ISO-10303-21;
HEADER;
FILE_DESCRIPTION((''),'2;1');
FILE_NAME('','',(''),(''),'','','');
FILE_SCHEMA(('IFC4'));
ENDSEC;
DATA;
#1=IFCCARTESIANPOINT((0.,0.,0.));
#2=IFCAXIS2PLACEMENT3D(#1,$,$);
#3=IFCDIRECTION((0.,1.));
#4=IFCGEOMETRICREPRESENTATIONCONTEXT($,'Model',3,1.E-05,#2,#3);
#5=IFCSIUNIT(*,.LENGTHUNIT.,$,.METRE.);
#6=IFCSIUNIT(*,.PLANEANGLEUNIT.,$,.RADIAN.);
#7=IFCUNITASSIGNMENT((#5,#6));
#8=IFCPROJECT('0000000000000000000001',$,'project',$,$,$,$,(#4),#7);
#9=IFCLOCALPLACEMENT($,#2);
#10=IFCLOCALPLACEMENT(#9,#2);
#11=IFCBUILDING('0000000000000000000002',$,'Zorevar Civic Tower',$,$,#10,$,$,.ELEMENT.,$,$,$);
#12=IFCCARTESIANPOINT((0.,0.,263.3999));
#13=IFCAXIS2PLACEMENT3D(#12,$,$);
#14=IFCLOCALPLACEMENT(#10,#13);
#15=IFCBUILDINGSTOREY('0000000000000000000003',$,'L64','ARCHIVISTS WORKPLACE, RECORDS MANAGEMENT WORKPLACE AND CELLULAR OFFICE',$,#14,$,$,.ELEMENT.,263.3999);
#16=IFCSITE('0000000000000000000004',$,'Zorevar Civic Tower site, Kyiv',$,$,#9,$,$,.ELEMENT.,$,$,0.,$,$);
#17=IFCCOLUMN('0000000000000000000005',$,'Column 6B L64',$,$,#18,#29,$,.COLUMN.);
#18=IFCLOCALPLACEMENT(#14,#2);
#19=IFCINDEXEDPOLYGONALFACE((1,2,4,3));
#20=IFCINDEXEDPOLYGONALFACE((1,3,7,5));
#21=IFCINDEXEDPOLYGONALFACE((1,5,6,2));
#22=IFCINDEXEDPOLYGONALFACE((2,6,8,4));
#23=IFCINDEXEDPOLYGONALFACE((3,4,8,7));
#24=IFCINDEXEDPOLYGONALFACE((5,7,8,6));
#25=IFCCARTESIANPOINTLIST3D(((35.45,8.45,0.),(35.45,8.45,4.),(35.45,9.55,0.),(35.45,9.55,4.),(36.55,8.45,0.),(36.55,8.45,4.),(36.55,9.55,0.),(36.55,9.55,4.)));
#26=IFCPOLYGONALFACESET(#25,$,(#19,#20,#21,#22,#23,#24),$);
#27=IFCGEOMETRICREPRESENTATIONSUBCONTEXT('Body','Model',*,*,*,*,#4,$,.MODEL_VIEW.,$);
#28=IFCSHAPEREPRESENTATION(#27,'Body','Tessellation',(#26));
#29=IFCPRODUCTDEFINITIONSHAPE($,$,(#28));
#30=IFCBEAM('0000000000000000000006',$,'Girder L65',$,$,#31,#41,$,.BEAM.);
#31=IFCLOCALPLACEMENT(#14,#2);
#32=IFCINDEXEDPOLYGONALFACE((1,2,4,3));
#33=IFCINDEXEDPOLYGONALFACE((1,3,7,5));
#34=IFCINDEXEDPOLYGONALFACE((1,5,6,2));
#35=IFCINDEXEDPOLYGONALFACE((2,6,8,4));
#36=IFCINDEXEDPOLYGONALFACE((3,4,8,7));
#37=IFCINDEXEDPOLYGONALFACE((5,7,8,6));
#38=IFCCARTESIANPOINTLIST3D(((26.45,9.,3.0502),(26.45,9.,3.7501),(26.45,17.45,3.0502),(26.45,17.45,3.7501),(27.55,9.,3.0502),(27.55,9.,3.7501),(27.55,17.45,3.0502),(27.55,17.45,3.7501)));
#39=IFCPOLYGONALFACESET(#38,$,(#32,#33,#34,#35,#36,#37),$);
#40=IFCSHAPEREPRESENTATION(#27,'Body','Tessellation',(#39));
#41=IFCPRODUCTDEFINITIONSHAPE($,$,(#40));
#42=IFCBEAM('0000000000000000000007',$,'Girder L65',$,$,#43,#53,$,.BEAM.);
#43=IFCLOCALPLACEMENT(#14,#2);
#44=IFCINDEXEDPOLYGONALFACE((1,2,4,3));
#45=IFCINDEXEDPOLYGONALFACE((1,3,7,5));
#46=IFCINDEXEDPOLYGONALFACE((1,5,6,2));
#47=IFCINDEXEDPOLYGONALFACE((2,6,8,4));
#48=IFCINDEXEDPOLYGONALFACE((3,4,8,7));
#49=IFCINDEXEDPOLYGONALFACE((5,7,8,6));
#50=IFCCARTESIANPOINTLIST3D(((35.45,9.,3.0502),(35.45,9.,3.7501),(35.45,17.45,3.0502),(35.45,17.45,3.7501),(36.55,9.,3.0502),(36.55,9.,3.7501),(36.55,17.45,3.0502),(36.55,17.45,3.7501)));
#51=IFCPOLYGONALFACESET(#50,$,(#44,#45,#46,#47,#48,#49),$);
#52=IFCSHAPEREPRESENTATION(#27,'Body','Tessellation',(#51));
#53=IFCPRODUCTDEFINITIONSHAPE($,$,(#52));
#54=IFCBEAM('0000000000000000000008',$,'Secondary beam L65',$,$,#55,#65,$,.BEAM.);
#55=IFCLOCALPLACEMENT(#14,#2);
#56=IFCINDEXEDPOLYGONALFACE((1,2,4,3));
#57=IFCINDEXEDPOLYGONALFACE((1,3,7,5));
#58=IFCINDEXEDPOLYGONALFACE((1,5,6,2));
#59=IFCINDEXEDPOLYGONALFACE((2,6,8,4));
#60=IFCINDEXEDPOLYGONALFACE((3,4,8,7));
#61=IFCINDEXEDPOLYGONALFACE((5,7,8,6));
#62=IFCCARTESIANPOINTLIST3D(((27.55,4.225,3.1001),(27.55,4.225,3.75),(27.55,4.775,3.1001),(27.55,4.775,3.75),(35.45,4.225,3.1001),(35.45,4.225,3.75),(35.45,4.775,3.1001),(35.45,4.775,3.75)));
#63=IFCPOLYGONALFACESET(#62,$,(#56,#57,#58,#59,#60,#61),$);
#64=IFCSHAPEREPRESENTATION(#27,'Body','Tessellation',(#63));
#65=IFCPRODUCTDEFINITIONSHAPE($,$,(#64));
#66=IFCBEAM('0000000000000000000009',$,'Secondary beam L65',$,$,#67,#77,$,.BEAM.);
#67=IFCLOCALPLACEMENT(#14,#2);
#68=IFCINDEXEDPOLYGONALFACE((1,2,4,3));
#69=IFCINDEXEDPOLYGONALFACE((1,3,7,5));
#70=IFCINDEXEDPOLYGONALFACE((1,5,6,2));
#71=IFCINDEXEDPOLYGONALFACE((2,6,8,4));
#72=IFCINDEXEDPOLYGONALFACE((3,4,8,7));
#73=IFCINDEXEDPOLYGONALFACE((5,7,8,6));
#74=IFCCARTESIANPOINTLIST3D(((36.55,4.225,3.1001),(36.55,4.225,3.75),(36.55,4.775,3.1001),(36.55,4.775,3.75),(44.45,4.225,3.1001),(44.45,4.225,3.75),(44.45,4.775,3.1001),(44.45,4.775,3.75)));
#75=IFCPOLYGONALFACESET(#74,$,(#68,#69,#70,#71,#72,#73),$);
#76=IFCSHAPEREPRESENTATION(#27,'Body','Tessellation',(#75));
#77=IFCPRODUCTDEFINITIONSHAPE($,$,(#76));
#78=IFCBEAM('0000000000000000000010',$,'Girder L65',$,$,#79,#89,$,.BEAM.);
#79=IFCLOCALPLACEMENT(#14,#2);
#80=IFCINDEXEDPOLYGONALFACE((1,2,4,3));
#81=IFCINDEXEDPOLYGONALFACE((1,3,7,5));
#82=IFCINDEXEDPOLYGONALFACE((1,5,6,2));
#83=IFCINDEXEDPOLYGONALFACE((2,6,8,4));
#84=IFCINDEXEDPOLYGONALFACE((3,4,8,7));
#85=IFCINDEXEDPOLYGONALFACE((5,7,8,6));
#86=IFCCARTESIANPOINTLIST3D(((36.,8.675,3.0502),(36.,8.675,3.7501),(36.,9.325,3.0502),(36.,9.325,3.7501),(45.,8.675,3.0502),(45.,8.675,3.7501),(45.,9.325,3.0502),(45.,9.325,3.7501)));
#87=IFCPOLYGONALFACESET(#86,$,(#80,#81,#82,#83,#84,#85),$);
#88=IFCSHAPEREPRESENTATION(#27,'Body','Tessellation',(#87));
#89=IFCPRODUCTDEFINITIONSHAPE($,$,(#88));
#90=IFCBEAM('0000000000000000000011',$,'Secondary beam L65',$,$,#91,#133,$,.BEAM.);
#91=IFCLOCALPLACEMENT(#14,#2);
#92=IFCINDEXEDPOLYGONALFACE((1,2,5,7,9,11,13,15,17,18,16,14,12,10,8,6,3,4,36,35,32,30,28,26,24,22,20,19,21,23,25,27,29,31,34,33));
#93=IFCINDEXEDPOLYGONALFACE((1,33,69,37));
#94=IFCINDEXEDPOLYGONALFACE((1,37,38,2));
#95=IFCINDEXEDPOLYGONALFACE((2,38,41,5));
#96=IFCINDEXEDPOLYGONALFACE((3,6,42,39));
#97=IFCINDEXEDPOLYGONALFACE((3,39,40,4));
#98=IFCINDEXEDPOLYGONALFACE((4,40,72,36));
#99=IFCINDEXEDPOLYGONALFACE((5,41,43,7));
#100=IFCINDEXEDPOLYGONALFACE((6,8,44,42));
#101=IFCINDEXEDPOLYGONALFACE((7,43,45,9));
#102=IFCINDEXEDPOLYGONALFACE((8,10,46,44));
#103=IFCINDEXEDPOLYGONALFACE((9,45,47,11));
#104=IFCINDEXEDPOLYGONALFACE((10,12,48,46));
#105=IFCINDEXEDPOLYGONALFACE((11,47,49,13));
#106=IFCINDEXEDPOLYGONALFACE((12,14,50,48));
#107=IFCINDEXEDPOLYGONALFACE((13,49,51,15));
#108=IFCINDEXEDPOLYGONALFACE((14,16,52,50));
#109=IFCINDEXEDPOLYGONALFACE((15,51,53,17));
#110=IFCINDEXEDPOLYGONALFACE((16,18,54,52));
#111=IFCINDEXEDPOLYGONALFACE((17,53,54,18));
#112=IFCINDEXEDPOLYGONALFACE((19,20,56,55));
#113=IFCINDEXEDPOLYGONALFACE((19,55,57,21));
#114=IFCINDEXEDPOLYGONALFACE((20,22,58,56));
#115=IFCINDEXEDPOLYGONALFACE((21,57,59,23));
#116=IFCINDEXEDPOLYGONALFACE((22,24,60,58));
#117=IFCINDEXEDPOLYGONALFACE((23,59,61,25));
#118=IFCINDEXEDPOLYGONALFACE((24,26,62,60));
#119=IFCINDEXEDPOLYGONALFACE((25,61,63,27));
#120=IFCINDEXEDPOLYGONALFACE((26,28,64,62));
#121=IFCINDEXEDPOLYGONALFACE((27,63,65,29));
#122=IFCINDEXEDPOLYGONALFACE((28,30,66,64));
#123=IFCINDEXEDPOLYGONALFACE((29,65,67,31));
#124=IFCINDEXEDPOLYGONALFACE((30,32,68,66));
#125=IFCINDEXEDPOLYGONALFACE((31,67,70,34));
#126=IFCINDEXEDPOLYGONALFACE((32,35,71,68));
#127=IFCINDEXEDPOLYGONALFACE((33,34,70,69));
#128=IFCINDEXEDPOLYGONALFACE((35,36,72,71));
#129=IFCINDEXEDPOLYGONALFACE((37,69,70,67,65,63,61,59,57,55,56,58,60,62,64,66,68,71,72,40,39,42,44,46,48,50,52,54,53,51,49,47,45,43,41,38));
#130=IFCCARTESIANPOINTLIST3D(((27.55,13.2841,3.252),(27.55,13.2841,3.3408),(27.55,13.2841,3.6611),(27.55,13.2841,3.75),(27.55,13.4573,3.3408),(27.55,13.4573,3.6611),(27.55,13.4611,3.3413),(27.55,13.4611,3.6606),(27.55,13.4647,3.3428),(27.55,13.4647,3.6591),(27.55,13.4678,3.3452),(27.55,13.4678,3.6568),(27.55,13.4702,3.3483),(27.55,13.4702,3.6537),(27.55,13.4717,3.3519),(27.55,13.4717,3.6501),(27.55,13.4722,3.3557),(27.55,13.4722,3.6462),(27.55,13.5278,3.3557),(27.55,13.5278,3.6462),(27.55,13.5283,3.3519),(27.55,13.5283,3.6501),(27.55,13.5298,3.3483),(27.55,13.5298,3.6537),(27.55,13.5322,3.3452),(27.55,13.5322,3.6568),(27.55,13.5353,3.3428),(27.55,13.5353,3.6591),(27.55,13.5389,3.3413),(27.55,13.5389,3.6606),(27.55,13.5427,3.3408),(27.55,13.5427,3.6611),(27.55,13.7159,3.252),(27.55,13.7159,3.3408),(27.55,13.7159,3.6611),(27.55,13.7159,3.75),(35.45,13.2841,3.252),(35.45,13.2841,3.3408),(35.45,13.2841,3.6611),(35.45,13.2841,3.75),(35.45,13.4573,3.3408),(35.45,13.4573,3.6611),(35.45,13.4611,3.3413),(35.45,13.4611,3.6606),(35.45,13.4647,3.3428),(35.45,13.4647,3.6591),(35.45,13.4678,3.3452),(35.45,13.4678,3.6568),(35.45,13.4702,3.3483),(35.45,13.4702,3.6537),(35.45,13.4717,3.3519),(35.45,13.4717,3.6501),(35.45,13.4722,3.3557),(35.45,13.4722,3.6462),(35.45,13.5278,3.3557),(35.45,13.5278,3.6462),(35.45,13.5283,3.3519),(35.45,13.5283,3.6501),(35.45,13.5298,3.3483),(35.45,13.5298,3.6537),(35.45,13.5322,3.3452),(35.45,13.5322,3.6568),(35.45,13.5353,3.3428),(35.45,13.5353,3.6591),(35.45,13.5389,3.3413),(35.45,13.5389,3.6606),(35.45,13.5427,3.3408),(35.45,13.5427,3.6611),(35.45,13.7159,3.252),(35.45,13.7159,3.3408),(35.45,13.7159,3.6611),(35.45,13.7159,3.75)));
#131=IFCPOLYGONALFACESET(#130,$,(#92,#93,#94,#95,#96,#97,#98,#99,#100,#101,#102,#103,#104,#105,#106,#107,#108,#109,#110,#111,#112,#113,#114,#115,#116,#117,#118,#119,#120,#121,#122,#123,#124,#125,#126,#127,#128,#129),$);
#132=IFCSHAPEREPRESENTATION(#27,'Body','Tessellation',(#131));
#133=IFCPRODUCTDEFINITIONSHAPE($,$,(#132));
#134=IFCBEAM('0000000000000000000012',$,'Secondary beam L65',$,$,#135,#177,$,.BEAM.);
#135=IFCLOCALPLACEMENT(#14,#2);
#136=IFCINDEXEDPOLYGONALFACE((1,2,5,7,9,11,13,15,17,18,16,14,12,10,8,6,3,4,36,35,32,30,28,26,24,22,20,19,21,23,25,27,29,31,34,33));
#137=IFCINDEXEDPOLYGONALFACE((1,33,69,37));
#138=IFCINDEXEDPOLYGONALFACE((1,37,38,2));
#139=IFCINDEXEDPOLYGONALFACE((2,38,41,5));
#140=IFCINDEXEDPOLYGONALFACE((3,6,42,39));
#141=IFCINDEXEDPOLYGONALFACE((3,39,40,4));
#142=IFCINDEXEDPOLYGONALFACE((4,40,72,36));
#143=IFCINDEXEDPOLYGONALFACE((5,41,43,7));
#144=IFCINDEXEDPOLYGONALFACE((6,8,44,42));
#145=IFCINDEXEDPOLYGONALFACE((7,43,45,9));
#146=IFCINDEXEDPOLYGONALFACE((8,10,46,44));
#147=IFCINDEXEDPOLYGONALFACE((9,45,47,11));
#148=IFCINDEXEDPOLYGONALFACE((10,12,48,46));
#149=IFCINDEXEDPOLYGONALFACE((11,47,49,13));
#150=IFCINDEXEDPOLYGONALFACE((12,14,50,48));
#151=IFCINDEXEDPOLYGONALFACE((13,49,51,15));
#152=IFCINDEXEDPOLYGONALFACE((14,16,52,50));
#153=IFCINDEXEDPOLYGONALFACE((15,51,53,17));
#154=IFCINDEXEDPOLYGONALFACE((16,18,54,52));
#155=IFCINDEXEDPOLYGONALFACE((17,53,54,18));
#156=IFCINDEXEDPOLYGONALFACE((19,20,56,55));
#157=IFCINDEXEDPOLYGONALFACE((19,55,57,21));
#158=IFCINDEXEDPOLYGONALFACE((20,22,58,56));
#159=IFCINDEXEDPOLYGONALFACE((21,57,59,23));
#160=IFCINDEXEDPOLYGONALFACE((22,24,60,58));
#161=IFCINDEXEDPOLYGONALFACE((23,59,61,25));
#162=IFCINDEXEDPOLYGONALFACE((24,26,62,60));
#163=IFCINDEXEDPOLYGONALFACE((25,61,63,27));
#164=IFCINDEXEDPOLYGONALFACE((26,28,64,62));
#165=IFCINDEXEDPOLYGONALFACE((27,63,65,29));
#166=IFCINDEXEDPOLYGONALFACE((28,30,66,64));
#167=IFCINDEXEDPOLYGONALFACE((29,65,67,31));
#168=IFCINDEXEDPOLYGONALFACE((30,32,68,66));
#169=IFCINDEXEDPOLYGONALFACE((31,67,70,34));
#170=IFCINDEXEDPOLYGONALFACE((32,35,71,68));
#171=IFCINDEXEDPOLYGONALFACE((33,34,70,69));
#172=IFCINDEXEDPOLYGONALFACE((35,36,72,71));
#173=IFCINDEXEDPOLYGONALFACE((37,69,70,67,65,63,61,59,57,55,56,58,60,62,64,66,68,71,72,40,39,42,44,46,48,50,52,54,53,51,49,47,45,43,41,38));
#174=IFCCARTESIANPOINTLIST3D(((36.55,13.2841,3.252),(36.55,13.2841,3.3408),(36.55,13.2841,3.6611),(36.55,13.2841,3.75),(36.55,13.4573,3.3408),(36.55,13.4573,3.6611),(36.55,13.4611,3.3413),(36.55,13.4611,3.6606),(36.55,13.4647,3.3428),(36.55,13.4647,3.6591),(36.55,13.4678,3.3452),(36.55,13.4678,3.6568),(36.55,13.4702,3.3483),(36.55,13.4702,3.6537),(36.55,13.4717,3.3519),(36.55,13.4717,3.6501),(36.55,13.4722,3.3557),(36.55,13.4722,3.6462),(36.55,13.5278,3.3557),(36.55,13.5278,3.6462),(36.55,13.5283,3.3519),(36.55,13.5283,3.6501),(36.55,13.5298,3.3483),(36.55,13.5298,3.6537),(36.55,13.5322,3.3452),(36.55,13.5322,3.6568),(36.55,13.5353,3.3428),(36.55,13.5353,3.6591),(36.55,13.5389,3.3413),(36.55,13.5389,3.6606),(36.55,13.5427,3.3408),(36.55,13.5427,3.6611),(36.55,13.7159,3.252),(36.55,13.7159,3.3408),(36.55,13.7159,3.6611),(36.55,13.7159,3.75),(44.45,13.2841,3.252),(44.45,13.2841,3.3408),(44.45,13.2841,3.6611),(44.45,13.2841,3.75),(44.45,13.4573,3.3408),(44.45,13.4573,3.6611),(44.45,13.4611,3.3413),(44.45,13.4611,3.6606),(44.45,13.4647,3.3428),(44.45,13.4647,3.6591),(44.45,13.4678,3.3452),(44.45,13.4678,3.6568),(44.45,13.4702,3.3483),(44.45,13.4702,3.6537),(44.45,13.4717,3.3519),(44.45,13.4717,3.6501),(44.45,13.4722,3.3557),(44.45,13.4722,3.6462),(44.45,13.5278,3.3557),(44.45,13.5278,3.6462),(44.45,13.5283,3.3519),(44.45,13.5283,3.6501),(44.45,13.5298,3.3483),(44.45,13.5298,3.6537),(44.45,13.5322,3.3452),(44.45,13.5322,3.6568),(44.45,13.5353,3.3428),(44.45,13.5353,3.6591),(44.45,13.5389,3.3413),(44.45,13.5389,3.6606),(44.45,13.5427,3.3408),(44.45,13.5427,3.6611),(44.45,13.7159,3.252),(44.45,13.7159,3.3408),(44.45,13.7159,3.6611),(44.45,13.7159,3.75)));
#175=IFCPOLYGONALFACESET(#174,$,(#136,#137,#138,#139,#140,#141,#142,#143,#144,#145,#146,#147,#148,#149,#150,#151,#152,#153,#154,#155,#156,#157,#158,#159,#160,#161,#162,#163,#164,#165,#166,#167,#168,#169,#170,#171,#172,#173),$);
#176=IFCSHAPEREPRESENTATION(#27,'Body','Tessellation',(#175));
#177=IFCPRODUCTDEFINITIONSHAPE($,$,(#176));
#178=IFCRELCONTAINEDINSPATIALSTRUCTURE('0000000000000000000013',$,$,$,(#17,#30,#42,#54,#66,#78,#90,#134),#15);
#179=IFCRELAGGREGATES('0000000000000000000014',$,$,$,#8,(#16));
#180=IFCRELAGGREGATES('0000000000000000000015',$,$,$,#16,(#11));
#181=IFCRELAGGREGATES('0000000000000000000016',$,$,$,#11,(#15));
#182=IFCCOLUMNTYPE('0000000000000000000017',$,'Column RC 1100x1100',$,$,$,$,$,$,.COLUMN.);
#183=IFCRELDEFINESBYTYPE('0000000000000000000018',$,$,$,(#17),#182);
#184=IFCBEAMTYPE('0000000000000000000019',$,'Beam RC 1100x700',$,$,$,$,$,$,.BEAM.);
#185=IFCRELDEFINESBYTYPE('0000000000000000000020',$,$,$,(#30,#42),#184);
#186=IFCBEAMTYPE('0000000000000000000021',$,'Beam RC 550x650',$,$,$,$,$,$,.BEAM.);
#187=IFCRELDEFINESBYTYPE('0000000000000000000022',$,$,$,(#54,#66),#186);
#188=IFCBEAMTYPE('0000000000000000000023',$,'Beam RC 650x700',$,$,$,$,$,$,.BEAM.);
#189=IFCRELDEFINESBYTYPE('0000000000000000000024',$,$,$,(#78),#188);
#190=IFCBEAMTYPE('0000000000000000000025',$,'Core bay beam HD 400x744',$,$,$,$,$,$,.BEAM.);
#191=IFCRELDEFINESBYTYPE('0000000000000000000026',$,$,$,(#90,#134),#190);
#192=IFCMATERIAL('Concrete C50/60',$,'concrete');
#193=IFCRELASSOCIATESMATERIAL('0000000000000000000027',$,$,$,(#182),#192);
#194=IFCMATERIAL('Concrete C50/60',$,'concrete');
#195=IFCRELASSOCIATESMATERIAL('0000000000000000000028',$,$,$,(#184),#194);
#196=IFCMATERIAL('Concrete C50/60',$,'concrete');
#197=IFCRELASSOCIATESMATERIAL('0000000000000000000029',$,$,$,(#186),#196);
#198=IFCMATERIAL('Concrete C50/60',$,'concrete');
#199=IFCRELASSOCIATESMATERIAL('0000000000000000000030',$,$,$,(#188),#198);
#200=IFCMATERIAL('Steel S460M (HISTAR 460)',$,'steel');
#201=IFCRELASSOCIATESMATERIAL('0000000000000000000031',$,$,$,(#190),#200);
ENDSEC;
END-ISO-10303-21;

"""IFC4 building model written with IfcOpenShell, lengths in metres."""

from ifc_helpers import new_model, si_unit, direction, frame, origin, origin_2d, place, context, subcontext, project, spatial, rectangle, i_section, extrude, material, material_profile, profile_set, type_object, element, save


model = new_model("IFC4")

# Units and contexts
model_context = context("Model", 3, precision=1e-05, world=origin(), true_north=direction((0.0, 1.0)))
body_context = subcontext(model_context, "Body", "Model", "MODEL_VIEW")
ifc_project = project(units=[si_unit("LENGTHUNIT", "METRE"), si_unit("PLANEANGLEUNIT", "RADIAN")], contexts=[model_context])

# Site, building, storey
site_placement = place(None, origin())
site = spatial("IfcSite", under=ifc_project, at=site_placement, Name="Zorevar Civic Tower site, Kyiv", CompositionType="ELEMENT", RefElevation=0.0)
building_placement = place(site_placement, origin())
building = spatial("IfcBuilding", under=site, at=building_placement, Name="Zorevar Civic Tower", CompositionType="ELEMENT")
storey_placement = place(building_placement, frame((0.0, 0.0, 263.3999)))
storey = spatial("IfcBuildingStorey", under=building, at=storey_placement, Name="L64", Description="ARCHIVISTS WORKPLACE, RECORDS MANAGEMENT WORKPLACE AND CELLULAR OFFICE", CompositionType="ELEMENT", Elevation=263.3999)

# Column
ifc_material_1 = material(Name="Concrete C50/60", Category="concrete")
ifc_material_profile_1 = material_profile(ifc_material_1, rectangle(XDim=1.1001, YDim=1.1001, at=origin_2d()), Name="RC 1100x1100")
ifc_profile_set_1 = profile_set([ifc_material_profile_1], Name="Concrete C50/60")
column_type = type_object("IfcColumnType", Name="Column RC 1100x1100", PredefinedType="COLUMN", material=ifc_profile_set_1)
column_placement = place(storey_placement, frame((36.0, 9.0, 0.0), z_axis=(0.0, 0.0, 1.0), x_axis=(1.0, 0.0, 0.0)))
element("IfcColumn", 1, at=column_placement, inside=storey, type_object=column_type, Name="Column 6B L64", PredefinedType="COLUMN", context=body_context, shape_type="SweptSolid", body=[
    extrude(rectangle(XDim=1.1001, YDim=1.1001, at=origin_2d()), origin(), (0.0, 0.0, 1.0), 4.0),
])

# Beams
ifc_material_2 = material(Name="Concrete C50/60", Category="concrete")
ifc_material_profile_2 = material_profile(ifc_material_2, rectangle(XDim=1.1001, YDim=0.7, at=origin_2d()), Name="RC 1100x700")
ifc_profile_set_2 = profile_set([ifc_material_profile_2], Name="Concrete C50/60")
beam_type_1 = type_object("IfcBeamType", Name="Beam RC 1100x700", PredefinedType="BEAM", material=ifc_profile_set_2)
for number, where, z_axis, x_axis, name in (
    (2, (27.0, 9.0, 3.4001), (0.0, 1.0, 0.0), (-1.0, 0.0, 0.0), "Girder L65"),
    (3, (36.0, 9.0, 3.4001), (0.0, 1.0, 0.0), (-1.0, 0.0, 0.0), "Girder L65"),
):
    element("IfcBeam", number, at=place(storey_placement, frame(where, z_axis=z_axis, x_axis=x_axis)), inside=storey, type_object=beam_type_1, Name=name, PredefinedType="BEAM", context=body_context, shape_type="SweptSolid", body=[
        extrude(rectangle(XDim=1.1001, YDim=0.7, at=origin_2d()), origin(), (0.0, 0.0, 1.0), 8.45),
    ])
ifc_material_3 = material(Name="Concrete C50/60", Category="concrete")
ifc_material_profile_3 = material_profile(ifc_material_3, rectangle(XDim=0.55, YDim=0.6499, at=origin_2d()), Name="RC 550x650")
ifc_profile_set_3 = profile_set([ifc_material_profile_3], Name="Concrete C50/60")
beam_type_2 = type_object("IfcBeamType", Name="Beam RC 550x650", PredefinedType="BEAM", material=ifc_profile_set_3)
for number, where, z_axis, x_axis, name in (
    (4, (27.55, 4.5, 3.425), (1.0, 0.0, 0.0), (0.0, 1.0, 0.0), "Secondary beam L65"),
    (5, (36.55, 4.5, 3.425), (1.0, 0.0, 0.0), (0.0, 1.0, 0.0), "Secondary beam L65"),
):
    element("IfcBeam", number, at=place(storey_placement, frame(where, z_axis=z_axis, x_axis=x_axis)), inside=storey, type_object=beam_type_2, Name=name, PredefinedType="BEAM", context=body_context, shape_type="SweptSolid", body=[
        extrude(rectangle(XDim=0.55, YDim=0.6499, at=origin_2d()), origin(), (0.0, 0.0, 1.0), 7.8999),
    ])
ifc_material_4 = material(Name="Concrete C50/60", Category="concrete")
ifc_material_profile_4 = material_profile(ifc_material_4, rectangle(XDim=0.6499, YDim=0.7, at=origin_2d()), Name="RC 650x700")
ifc_profile_set_4 = profile_set([ifc_material_profile_4], Name="Concrete C50/60")
beam_type_3 = type_object("IfcBeamType", Name="Beam RC 650x700", PredefinedType="BEAM", material=ifc_profile_set_4)
beam_placement = place(storey_placement, frame((36.0, 9.0, 3.4001), z_axis=(1.0, 0.0, 0.0), x_axis=(0.0, 1.0, 0.0)))
element("IfcBeam", 6, at=beam_placement, inside=storey, type_object=beam_type_3, Name="Girder L65", PredefinedType="BEAM", context=body_context, shape_type="SweptSolid", body=[
    extrude(rectangle(XDim=0.6499, YDim=0.7, at=origin_2d()), origin(), (0.0, 0.0, 1.0), 9.0),
])
ifc_material_5 = material(Name="Steel S460M (HISTAR 460)", Category="steel")
ifc_material_profile_5 = material_profile(ifc_material_5, i_section(OverallWidth=0.4319, OverallDepth=0.498, WebThickness=0.0557, FlangeThickness=0.0889, FilletRadius=0.0149, at=origin_2d()), Name="HD 400x744")
ifc_profile_set_5 = profile_set([ifc_material_profile_5], Name="Steel S460M (HISTAR 460)")
beam_type_4 = type_object("IfcBeamType", Name="Core bay beam HD 400x744", PredefinedType="BEAM", material=ifc_profile_set_5)
for number, where, z_axis, x_axis, name in (
    (7, (27.55, 13.5, 3.501), (1.0, 0.0, 0.0), (0.0, 1.0, 0.0), "Secondary beam L65"),
    (8, (36.55, 13.5, 3.501), (1.0, 0.0, 0.0), (0.0, 1.0, 0.0), "Secondary beam L65"),
):
    element("IfcBeam", number, at=place(storey_placement, frame(where, z_axis=z_axis, x_axis=x_axis)), inside=storey, type_object=beam_type_4, Name=name, PredefinedType="BEAM", context=body_context, shape_type="SweptSolid", body=[
        extrude(i_section(OverallWidth=0.4319, OverallDepth=0.498, WebThickness=0.0557, FlangeThickness=0.0889, FilletRadius=0.0149, at=origin_2d()), origin(), (0.0, 0.0, 1.0), 7.8999),
    ])

save(model, "model.ifc")
